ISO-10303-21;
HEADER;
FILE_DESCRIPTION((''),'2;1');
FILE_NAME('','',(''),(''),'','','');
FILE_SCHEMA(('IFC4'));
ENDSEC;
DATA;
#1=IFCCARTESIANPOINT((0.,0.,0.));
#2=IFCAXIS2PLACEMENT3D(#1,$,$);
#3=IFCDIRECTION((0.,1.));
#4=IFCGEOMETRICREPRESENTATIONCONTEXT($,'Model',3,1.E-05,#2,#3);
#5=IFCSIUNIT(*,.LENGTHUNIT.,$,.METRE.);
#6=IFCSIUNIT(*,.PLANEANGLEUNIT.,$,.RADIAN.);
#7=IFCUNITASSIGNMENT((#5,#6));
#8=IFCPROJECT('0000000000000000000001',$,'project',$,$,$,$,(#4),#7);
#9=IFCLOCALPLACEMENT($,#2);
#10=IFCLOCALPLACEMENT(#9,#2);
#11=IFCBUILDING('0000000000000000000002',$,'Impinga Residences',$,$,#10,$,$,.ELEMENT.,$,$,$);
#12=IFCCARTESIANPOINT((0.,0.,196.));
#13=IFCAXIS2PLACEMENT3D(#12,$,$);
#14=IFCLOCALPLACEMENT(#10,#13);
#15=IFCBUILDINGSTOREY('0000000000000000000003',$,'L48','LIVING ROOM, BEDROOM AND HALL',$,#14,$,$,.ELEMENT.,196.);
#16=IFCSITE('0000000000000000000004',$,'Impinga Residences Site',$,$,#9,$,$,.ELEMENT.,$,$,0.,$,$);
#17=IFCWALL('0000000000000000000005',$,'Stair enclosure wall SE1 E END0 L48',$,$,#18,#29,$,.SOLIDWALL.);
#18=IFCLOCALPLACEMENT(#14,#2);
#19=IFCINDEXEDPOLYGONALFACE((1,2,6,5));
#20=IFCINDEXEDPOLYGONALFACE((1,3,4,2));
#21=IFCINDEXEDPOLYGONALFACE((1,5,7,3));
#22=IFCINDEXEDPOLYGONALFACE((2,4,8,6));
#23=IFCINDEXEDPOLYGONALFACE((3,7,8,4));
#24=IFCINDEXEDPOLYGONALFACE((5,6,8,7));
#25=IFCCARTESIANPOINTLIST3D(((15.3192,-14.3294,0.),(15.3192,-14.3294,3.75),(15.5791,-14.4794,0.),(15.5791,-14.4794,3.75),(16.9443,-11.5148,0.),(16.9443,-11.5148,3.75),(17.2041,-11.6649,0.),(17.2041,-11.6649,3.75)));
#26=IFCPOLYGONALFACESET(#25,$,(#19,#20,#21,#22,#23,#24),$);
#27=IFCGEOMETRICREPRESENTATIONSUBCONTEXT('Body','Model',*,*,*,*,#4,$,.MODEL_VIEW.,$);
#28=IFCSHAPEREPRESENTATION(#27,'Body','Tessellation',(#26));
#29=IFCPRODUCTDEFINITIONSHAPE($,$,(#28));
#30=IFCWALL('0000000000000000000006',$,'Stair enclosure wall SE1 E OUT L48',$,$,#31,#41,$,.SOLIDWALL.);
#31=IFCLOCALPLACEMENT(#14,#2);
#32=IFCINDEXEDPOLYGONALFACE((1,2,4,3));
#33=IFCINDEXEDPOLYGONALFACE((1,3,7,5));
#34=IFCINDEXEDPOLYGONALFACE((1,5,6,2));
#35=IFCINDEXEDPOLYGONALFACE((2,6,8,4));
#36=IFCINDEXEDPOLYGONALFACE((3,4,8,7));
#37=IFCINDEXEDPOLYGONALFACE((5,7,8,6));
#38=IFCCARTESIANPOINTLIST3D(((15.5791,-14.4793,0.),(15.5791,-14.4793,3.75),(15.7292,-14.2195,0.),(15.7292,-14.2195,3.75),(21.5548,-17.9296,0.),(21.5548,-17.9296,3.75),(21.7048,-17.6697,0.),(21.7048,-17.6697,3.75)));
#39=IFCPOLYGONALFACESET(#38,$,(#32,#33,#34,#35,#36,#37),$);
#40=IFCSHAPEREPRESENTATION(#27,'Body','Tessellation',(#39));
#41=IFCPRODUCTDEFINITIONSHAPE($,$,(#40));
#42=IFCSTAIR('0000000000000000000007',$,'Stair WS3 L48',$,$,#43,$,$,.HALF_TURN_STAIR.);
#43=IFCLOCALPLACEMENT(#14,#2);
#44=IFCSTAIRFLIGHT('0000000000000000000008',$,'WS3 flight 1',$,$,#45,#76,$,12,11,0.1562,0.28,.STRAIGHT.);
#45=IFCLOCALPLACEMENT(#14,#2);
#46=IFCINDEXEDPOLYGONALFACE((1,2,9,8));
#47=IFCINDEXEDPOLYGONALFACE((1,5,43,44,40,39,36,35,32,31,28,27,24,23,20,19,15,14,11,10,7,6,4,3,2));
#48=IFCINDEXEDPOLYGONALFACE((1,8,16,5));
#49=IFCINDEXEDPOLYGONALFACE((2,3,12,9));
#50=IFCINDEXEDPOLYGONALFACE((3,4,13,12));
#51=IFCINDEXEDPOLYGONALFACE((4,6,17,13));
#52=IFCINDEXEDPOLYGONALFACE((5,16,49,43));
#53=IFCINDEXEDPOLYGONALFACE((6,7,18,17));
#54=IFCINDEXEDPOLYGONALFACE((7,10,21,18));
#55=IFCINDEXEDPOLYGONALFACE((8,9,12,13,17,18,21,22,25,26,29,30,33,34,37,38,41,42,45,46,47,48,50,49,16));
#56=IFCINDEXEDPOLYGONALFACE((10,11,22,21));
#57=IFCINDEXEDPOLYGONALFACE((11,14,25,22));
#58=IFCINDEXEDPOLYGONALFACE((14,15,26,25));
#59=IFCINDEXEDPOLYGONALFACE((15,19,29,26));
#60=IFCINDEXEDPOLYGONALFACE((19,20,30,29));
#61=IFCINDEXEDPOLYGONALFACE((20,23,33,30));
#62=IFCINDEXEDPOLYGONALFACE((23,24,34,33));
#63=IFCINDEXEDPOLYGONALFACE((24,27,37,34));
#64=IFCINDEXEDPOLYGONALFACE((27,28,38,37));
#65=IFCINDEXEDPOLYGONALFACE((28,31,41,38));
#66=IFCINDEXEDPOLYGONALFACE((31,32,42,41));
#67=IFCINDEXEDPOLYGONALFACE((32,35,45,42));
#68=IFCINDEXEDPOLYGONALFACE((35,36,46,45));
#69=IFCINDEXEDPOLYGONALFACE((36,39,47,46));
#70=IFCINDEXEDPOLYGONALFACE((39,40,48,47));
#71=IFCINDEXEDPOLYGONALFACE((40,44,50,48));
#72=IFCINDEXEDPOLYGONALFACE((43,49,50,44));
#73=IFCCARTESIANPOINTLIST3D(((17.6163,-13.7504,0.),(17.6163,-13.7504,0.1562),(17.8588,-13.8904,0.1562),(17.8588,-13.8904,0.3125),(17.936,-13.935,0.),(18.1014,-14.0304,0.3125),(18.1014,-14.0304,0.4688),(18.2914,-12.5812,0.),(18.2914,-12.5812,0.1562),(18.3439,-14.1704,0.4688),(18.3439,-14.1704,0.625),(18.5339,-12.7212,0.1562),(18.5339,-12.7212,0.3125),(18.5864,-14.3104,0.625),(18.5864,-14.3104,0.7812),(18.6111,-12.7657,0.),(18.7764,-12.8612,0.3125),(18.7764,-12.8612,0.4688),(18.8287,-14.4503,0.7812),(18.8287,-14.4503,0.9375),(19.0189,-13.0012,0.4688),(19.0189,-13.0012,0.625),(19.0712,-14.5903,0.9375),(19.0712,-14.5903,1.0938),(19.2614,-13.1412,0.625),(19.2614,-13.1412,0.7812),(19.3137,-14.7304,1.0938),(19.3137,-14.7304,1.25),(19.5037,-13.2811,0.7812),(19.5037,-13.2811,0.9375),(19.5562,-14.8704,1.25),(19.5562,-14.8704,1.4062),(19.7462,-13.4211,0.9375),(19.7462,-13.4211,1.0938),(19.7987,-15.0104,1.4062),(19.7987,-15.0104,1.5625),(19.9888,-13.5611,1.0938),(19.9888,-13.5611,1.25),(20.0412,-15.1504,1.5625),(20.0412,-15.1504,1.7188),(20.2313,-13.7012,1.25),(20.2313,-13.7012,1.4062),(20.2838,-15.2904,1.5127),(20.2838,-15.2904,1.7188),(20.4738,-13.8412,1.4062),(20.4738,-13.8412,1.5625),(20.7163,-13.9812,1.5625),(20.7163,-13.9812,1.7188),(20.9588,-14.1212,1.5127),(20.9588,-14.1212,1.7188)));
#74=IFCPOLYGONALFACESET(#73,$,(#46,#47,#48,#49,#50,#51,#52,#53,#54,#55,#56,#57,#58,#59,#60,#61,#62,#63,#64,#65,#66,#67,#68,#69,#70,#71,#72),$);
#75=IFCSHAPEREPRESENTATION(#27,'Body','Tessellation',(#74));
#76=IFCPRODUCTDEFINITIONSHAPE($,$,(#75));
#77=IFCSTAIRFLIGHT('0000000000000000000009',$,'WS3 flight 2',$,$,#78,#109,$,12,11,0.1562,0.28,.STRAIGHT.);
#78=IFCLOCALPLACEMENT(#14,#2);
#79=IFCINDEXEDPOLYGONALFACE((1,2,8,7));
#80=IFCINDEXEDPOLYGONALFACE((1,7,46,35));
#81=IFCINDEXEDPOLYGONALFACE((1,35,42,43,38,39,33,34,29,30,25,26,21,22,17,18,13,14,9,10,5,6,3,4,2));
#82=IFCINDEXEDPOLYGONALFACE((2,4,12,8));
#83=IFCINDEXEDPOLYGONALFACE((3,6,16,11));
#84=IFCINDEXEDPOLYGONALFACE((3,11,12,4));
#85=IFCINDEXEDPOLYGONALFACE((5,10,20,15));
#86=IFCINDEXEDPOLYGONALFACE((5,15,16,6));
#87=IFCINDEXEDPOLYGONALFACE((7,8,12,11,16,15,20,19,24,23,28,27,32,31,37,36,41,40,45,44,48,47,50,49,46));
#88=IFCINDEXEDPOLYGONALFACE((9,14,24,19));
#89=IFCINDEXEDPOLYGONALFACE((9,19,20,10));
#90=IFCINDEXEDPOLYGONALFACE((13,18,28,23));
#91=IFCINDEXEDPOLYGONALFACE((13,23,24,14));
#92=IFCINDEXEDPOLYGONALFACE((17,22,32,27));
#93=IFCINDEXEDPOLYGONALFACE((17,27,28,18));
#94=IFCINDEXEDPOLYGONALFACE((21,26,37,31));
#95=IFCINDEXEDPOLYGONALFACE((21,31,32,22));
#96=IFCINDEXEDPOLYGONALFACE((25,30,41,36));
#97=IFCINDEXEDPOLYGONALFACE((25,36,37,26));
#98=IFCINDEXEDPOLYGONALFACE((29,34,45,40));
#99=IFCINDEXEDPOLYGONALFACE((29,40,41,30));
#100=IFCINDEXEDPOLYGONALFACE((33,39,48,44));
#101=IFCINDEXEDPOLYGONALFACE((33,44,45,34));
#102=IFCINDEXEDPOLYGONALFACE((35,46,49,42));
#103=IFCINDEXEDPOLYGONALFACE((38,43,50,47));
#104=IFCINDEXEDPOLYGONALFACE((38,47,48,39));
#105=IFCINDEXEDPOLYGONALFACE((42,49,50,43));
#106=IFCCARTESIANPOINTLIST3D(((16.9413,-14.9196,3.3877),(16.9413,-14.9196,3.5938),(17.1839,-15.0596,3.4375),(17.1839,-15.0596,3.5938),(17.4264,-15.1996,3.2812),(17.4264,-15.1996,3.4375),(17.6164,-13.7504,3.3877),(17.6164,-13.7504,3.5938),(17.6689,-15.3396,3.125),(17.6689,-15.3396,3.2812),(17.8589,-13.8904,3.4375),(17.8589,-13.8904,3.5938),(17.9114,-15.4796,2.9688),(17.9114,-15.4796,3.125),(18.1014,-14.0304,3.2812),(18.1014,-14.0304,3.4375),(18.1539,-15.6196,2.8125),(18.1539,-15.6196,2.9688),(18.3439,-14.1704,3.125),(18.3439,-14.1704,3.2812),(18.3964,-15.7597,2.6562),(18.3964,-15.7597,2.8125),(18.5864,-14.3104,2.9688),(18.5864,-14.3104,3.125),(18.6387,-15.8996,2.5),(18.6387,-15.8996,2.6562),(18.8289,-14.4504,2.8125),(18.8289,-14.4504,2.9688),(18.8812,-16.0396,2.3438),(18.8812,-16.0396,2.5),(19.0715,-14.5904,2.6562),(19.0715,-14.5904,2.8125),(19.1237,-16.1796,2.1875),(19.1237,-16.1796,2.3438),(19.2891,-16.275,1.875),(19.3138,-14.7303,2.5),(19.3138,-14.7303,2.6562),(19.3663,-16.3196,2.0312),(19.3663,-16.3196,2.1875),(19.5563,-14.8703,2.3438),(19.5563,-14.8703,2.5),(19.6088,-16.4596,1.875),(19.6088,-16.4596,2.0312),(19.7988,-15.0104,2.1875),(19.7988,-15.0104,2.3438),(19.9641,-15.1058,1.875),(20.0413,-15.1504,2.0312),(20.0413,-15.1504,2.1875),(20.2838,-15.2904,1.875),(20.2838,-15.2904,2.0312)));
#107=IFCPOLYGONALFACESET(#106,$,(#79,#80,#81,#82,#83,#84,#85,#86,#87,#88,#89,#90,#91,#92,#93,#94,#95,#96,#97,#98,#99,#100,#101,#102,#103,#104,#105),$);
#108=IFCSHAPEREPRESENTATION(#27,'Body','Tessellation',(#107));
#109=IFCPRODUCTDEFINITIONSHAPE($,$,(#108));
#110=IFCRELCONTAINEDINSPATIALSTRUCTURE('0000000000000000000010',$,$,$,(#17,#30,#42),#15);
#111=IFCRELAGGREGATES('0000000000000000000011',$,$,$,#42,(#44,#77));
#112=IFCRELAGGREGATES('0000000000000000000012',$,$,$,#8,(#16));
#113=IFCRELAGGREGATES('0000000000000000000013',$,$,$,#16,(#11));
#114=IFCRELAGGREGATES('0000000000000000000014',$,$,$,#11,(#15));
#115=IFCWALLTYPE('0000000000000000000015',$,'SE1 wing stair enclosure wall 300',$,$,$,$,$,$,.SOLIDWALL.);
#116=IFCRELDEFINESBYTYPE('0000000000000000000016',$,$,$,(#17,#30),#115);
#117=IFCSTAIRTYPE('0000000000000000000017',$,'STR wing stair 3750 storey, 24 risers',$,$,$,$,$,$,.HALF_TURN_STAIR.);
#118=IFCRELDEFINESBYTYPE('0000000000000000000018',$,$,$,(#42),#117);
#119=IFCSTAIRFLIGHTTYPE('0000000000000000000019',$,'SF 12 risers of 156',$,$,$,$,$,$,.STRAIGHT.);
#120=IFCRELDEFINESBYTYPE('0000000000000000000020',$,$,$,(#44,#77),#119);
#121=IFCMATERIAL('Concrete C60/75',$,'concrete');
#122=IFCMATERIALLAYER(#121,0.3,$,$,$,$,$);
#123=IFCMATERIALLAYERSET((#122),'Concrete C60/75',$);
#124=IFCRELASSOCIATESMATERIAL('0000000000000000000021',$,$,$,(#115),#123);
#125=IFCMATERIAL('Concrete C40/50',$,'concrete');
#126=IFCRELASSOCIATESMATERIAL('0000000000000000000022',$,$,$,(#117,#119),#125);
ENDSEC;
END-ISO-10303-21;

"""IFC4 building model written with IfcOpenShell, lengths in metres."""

from ifc_helpers import new_model, si_unit, direction, frame, frame_2d, origin, place, context, subcontext, project, spatial, polyline, rectangle, outline, extrude, material, layer, layer_set, type_object, element, aggregate, save


model = new_model("IFC4")

# Units and contexts
model_context = context("Model", 3, precision=1e-05, world=origin(), true_north=direction((0.0, 1.0)))
body_context = subcontext(model_context, "Body", "Model", "MODEL_VIEW")
ifc_project = project(units=[si_unit("LENGTHUNIT", "METRE"), si_unit("PLANEANGLEUNIT", "RADIAN")], contexts=[model_context])

# Site, building, storey
site_placement = place(None, origin())
site = spatial("IfcSite", under=ifc_project, at=site_placement, Name="Impinga Residences Site", CompositionType="ELEMENT", RefElevation=0.0)
building_placement = place(site_placement, origin())
building = spatial("IfcBuilding", under=site, at=building_placement, Name="Impinga Residences", CompositionType="ELEMENT")
storey_placement = place(building_placement, frame((0.0, 0.0, 196.0)))
storey = spatial("IfcBuildingStorey", under=building, at=storey_placement, Name="L48", Description="LIVING ROOM, BEDROOM AND HALL", CompositionType="ELEMENT", Elevation=196.0)

# Shared definitions
ifc_material_1 = material(Name="Concrete C60/75", Category="concrete")

# Walls
ifc_layer_1 = layer(ifc_material_1, 0.3)
ifc_layer_set_1 = layer_set([ifc_layer_1], Name="Concrete C60/75")
wall_type_1 = type_object("IfcWallType", Name="SE1 wing stair enclosure wall 300", PredefinedType="SOLIDWALL", material=ifc_layer_set_1)
wall_1_placement = place(storey_placement, frame((17.0742, -11.5898, 0.0), z_axis=(0.0, 0.0, 1.0), x_axis=(-0.500017, -0.866015, 0.0)))
element("IfcWall", 1, at=wall_1_placement, inside=storey, type_object=wall_type_1, Name="Stair enclosure wall SE1 E END0 L48", PredefinedType="SOLIDWALL", context=body_context, shape_type="SweptSolid", body=[
    extrude(rectangle(XDim=3.25, YDim=0.3, at=frame_2d((1.625, 0.0))), origin(), (0.0, 0.0, 1.0), 3.75),
])
wall_2_placement = place(storey_placement, frame((15.6541, -14.3494, 0.0), z_axis=(0.0, 0.0, 1.0), x_axis=(0.866014, -0.500021, 0.0)))
element("IfcWall", 2, at=wall_2_placement, inside=storey, type_object=wall_type_1, Name="Stair enclosure wall SE1 E OUT L48", PredefinedType="SOLIDWALL", context=body_context, shape_type="SweptSolid", body=[
    extrude(rectangle(XDim=6.9001, YDim=0.3, at=frame_2d((3.4502, 0.0))), origin(), (0.0, 0.0, 1.0), 3.75),
])

# Stair, stair flights
ifc_material_2 = material(Name="Concrete C40/50", Category="concrete")
stair_type = type_object("IfcStairType", Name="STR wing stair 3750 storey, 24 risers", PredefinedType="HALF_TURN_STAIR", material=ifc_material_2)
stair_placement = place(storey_placement, origin())
stair = element("IfcStair", 3, at=stair_placement, inside=storey, type_object=stair_type, Name="Stair WS3 L48", PredefinedType="HALF_TURN_STAIR")
stair_flight_type = type_object("IfcStairFlightType", Name="SF 12 risers of 156", PredefinedType="STRAIGHT", material=ifc_material_2)
stair_flight_1_placement = place(storey_placement, frame((17.9539, -13.1658, 0.0), z_axis=(0.0, 0.0, 1.0), x_axis=(0.866025, -0.5, 0.0)))
stair_flight_1 = element("IfcStairFlight", 4, at=stair_flight_1_placement, type_object=stair_flight_type, Name="WS3 flight 1", NumberOfRisers=12, NumberOfTreads=11, PredefinedType="STRAIGHT", RiserHeight=0.1562, TreadLength=0.28, context=body_context, shape_type="SweptSolid", body=[
    extrude(outline(polyline([(0.0, 0.0), (0.0, 0.1562), (0.28, 0.1562), (0.28, 0.3125), (0.5601, 0.3125), (0.5601, 0.4688), (0.8401, 0.4688), (0.8401, 0.625), (1.1201, 0.625), (1.1201, 0.7812), (1.3999, 0.7812), (1.3999, 0.9375), (1.6799, 0.9375), (1.6799, 1.0938), (1.96, 1.0938), (1.96, 1.25), (2.24, 1.25), (2.24, 1.4062), (2.52, 1.4062), (2.52, 1.5625), (2.8, 1.5625), (2.8, 1.7188), (3.0801, 1.7188), (3.0801, 1.875), (3.0801, 1.5127), (0.3691, 0.0), (0.0, 0.0)])), frame((0.0, 0.675, 0.0), z_axis=(0.0, -1.0, 0.0), x_axis=(1.0, 0.0, 0.0)), (0.0, 0.0, 1.0), 1.3501),
])
stair_flight_2_placement = place(storey_placement, frame((19.9463, -15.875, 1.875), z_axis=(0.0, 0.0, 1.0), x_axis=(-0.866025, 0.5, 0.0)))
stair_flight_2 = element("IfcStairFlight", 5, at=stair_flight_2_placement, type_object=stair_flight_type, Name="WS3 flight 2", NumberOfRisers=12, NumberOfTreads=11, PredefinedType="STRAIGHT", RiserHeight=0.1562, TreadLength=0.28, context=body_context, shape_type="SweptSolid", body=[
    extrude(outline(polyline([(0.0, 0.0), (0.0, 0.1562), (0.28, 0.1562), (0.28, 0.3125), (0.5601, 0.3125), (0.5601, 0.4688), (0.8401, 0.4688), (0.8401, 0.625), (1.1201, 0.625), (1.1201, 0.7812), (1.3999, 0.7812), (1.3999, 0.9375), (1.6799, 0.9375), (1.6799, 1.0938), (1.96, 1.0938), (1.96, 1.25), (2.24, 1.25), (2.24, 1.4062), (2.52, 1.4062), (2.52, 1.5625), (2.8, 1.5625), (2.8, 1.7188), (3.0801, 1.7188), (3.0801, 1.875), (3.0801, 1.5127), (0.3691, 0.0), (0.0, 0.0)])), frame((0.0, 0.675, 0.0), z_axis=(0.0, -1.0, 0.0), x_axis=(1.0, 0.0, 0.0)), (0.0, 0.0, 1.0), 1.3501),
])
aggregate(stair, [stair_flight_1, stair_flight_2])

save(model, "model.ifc")
